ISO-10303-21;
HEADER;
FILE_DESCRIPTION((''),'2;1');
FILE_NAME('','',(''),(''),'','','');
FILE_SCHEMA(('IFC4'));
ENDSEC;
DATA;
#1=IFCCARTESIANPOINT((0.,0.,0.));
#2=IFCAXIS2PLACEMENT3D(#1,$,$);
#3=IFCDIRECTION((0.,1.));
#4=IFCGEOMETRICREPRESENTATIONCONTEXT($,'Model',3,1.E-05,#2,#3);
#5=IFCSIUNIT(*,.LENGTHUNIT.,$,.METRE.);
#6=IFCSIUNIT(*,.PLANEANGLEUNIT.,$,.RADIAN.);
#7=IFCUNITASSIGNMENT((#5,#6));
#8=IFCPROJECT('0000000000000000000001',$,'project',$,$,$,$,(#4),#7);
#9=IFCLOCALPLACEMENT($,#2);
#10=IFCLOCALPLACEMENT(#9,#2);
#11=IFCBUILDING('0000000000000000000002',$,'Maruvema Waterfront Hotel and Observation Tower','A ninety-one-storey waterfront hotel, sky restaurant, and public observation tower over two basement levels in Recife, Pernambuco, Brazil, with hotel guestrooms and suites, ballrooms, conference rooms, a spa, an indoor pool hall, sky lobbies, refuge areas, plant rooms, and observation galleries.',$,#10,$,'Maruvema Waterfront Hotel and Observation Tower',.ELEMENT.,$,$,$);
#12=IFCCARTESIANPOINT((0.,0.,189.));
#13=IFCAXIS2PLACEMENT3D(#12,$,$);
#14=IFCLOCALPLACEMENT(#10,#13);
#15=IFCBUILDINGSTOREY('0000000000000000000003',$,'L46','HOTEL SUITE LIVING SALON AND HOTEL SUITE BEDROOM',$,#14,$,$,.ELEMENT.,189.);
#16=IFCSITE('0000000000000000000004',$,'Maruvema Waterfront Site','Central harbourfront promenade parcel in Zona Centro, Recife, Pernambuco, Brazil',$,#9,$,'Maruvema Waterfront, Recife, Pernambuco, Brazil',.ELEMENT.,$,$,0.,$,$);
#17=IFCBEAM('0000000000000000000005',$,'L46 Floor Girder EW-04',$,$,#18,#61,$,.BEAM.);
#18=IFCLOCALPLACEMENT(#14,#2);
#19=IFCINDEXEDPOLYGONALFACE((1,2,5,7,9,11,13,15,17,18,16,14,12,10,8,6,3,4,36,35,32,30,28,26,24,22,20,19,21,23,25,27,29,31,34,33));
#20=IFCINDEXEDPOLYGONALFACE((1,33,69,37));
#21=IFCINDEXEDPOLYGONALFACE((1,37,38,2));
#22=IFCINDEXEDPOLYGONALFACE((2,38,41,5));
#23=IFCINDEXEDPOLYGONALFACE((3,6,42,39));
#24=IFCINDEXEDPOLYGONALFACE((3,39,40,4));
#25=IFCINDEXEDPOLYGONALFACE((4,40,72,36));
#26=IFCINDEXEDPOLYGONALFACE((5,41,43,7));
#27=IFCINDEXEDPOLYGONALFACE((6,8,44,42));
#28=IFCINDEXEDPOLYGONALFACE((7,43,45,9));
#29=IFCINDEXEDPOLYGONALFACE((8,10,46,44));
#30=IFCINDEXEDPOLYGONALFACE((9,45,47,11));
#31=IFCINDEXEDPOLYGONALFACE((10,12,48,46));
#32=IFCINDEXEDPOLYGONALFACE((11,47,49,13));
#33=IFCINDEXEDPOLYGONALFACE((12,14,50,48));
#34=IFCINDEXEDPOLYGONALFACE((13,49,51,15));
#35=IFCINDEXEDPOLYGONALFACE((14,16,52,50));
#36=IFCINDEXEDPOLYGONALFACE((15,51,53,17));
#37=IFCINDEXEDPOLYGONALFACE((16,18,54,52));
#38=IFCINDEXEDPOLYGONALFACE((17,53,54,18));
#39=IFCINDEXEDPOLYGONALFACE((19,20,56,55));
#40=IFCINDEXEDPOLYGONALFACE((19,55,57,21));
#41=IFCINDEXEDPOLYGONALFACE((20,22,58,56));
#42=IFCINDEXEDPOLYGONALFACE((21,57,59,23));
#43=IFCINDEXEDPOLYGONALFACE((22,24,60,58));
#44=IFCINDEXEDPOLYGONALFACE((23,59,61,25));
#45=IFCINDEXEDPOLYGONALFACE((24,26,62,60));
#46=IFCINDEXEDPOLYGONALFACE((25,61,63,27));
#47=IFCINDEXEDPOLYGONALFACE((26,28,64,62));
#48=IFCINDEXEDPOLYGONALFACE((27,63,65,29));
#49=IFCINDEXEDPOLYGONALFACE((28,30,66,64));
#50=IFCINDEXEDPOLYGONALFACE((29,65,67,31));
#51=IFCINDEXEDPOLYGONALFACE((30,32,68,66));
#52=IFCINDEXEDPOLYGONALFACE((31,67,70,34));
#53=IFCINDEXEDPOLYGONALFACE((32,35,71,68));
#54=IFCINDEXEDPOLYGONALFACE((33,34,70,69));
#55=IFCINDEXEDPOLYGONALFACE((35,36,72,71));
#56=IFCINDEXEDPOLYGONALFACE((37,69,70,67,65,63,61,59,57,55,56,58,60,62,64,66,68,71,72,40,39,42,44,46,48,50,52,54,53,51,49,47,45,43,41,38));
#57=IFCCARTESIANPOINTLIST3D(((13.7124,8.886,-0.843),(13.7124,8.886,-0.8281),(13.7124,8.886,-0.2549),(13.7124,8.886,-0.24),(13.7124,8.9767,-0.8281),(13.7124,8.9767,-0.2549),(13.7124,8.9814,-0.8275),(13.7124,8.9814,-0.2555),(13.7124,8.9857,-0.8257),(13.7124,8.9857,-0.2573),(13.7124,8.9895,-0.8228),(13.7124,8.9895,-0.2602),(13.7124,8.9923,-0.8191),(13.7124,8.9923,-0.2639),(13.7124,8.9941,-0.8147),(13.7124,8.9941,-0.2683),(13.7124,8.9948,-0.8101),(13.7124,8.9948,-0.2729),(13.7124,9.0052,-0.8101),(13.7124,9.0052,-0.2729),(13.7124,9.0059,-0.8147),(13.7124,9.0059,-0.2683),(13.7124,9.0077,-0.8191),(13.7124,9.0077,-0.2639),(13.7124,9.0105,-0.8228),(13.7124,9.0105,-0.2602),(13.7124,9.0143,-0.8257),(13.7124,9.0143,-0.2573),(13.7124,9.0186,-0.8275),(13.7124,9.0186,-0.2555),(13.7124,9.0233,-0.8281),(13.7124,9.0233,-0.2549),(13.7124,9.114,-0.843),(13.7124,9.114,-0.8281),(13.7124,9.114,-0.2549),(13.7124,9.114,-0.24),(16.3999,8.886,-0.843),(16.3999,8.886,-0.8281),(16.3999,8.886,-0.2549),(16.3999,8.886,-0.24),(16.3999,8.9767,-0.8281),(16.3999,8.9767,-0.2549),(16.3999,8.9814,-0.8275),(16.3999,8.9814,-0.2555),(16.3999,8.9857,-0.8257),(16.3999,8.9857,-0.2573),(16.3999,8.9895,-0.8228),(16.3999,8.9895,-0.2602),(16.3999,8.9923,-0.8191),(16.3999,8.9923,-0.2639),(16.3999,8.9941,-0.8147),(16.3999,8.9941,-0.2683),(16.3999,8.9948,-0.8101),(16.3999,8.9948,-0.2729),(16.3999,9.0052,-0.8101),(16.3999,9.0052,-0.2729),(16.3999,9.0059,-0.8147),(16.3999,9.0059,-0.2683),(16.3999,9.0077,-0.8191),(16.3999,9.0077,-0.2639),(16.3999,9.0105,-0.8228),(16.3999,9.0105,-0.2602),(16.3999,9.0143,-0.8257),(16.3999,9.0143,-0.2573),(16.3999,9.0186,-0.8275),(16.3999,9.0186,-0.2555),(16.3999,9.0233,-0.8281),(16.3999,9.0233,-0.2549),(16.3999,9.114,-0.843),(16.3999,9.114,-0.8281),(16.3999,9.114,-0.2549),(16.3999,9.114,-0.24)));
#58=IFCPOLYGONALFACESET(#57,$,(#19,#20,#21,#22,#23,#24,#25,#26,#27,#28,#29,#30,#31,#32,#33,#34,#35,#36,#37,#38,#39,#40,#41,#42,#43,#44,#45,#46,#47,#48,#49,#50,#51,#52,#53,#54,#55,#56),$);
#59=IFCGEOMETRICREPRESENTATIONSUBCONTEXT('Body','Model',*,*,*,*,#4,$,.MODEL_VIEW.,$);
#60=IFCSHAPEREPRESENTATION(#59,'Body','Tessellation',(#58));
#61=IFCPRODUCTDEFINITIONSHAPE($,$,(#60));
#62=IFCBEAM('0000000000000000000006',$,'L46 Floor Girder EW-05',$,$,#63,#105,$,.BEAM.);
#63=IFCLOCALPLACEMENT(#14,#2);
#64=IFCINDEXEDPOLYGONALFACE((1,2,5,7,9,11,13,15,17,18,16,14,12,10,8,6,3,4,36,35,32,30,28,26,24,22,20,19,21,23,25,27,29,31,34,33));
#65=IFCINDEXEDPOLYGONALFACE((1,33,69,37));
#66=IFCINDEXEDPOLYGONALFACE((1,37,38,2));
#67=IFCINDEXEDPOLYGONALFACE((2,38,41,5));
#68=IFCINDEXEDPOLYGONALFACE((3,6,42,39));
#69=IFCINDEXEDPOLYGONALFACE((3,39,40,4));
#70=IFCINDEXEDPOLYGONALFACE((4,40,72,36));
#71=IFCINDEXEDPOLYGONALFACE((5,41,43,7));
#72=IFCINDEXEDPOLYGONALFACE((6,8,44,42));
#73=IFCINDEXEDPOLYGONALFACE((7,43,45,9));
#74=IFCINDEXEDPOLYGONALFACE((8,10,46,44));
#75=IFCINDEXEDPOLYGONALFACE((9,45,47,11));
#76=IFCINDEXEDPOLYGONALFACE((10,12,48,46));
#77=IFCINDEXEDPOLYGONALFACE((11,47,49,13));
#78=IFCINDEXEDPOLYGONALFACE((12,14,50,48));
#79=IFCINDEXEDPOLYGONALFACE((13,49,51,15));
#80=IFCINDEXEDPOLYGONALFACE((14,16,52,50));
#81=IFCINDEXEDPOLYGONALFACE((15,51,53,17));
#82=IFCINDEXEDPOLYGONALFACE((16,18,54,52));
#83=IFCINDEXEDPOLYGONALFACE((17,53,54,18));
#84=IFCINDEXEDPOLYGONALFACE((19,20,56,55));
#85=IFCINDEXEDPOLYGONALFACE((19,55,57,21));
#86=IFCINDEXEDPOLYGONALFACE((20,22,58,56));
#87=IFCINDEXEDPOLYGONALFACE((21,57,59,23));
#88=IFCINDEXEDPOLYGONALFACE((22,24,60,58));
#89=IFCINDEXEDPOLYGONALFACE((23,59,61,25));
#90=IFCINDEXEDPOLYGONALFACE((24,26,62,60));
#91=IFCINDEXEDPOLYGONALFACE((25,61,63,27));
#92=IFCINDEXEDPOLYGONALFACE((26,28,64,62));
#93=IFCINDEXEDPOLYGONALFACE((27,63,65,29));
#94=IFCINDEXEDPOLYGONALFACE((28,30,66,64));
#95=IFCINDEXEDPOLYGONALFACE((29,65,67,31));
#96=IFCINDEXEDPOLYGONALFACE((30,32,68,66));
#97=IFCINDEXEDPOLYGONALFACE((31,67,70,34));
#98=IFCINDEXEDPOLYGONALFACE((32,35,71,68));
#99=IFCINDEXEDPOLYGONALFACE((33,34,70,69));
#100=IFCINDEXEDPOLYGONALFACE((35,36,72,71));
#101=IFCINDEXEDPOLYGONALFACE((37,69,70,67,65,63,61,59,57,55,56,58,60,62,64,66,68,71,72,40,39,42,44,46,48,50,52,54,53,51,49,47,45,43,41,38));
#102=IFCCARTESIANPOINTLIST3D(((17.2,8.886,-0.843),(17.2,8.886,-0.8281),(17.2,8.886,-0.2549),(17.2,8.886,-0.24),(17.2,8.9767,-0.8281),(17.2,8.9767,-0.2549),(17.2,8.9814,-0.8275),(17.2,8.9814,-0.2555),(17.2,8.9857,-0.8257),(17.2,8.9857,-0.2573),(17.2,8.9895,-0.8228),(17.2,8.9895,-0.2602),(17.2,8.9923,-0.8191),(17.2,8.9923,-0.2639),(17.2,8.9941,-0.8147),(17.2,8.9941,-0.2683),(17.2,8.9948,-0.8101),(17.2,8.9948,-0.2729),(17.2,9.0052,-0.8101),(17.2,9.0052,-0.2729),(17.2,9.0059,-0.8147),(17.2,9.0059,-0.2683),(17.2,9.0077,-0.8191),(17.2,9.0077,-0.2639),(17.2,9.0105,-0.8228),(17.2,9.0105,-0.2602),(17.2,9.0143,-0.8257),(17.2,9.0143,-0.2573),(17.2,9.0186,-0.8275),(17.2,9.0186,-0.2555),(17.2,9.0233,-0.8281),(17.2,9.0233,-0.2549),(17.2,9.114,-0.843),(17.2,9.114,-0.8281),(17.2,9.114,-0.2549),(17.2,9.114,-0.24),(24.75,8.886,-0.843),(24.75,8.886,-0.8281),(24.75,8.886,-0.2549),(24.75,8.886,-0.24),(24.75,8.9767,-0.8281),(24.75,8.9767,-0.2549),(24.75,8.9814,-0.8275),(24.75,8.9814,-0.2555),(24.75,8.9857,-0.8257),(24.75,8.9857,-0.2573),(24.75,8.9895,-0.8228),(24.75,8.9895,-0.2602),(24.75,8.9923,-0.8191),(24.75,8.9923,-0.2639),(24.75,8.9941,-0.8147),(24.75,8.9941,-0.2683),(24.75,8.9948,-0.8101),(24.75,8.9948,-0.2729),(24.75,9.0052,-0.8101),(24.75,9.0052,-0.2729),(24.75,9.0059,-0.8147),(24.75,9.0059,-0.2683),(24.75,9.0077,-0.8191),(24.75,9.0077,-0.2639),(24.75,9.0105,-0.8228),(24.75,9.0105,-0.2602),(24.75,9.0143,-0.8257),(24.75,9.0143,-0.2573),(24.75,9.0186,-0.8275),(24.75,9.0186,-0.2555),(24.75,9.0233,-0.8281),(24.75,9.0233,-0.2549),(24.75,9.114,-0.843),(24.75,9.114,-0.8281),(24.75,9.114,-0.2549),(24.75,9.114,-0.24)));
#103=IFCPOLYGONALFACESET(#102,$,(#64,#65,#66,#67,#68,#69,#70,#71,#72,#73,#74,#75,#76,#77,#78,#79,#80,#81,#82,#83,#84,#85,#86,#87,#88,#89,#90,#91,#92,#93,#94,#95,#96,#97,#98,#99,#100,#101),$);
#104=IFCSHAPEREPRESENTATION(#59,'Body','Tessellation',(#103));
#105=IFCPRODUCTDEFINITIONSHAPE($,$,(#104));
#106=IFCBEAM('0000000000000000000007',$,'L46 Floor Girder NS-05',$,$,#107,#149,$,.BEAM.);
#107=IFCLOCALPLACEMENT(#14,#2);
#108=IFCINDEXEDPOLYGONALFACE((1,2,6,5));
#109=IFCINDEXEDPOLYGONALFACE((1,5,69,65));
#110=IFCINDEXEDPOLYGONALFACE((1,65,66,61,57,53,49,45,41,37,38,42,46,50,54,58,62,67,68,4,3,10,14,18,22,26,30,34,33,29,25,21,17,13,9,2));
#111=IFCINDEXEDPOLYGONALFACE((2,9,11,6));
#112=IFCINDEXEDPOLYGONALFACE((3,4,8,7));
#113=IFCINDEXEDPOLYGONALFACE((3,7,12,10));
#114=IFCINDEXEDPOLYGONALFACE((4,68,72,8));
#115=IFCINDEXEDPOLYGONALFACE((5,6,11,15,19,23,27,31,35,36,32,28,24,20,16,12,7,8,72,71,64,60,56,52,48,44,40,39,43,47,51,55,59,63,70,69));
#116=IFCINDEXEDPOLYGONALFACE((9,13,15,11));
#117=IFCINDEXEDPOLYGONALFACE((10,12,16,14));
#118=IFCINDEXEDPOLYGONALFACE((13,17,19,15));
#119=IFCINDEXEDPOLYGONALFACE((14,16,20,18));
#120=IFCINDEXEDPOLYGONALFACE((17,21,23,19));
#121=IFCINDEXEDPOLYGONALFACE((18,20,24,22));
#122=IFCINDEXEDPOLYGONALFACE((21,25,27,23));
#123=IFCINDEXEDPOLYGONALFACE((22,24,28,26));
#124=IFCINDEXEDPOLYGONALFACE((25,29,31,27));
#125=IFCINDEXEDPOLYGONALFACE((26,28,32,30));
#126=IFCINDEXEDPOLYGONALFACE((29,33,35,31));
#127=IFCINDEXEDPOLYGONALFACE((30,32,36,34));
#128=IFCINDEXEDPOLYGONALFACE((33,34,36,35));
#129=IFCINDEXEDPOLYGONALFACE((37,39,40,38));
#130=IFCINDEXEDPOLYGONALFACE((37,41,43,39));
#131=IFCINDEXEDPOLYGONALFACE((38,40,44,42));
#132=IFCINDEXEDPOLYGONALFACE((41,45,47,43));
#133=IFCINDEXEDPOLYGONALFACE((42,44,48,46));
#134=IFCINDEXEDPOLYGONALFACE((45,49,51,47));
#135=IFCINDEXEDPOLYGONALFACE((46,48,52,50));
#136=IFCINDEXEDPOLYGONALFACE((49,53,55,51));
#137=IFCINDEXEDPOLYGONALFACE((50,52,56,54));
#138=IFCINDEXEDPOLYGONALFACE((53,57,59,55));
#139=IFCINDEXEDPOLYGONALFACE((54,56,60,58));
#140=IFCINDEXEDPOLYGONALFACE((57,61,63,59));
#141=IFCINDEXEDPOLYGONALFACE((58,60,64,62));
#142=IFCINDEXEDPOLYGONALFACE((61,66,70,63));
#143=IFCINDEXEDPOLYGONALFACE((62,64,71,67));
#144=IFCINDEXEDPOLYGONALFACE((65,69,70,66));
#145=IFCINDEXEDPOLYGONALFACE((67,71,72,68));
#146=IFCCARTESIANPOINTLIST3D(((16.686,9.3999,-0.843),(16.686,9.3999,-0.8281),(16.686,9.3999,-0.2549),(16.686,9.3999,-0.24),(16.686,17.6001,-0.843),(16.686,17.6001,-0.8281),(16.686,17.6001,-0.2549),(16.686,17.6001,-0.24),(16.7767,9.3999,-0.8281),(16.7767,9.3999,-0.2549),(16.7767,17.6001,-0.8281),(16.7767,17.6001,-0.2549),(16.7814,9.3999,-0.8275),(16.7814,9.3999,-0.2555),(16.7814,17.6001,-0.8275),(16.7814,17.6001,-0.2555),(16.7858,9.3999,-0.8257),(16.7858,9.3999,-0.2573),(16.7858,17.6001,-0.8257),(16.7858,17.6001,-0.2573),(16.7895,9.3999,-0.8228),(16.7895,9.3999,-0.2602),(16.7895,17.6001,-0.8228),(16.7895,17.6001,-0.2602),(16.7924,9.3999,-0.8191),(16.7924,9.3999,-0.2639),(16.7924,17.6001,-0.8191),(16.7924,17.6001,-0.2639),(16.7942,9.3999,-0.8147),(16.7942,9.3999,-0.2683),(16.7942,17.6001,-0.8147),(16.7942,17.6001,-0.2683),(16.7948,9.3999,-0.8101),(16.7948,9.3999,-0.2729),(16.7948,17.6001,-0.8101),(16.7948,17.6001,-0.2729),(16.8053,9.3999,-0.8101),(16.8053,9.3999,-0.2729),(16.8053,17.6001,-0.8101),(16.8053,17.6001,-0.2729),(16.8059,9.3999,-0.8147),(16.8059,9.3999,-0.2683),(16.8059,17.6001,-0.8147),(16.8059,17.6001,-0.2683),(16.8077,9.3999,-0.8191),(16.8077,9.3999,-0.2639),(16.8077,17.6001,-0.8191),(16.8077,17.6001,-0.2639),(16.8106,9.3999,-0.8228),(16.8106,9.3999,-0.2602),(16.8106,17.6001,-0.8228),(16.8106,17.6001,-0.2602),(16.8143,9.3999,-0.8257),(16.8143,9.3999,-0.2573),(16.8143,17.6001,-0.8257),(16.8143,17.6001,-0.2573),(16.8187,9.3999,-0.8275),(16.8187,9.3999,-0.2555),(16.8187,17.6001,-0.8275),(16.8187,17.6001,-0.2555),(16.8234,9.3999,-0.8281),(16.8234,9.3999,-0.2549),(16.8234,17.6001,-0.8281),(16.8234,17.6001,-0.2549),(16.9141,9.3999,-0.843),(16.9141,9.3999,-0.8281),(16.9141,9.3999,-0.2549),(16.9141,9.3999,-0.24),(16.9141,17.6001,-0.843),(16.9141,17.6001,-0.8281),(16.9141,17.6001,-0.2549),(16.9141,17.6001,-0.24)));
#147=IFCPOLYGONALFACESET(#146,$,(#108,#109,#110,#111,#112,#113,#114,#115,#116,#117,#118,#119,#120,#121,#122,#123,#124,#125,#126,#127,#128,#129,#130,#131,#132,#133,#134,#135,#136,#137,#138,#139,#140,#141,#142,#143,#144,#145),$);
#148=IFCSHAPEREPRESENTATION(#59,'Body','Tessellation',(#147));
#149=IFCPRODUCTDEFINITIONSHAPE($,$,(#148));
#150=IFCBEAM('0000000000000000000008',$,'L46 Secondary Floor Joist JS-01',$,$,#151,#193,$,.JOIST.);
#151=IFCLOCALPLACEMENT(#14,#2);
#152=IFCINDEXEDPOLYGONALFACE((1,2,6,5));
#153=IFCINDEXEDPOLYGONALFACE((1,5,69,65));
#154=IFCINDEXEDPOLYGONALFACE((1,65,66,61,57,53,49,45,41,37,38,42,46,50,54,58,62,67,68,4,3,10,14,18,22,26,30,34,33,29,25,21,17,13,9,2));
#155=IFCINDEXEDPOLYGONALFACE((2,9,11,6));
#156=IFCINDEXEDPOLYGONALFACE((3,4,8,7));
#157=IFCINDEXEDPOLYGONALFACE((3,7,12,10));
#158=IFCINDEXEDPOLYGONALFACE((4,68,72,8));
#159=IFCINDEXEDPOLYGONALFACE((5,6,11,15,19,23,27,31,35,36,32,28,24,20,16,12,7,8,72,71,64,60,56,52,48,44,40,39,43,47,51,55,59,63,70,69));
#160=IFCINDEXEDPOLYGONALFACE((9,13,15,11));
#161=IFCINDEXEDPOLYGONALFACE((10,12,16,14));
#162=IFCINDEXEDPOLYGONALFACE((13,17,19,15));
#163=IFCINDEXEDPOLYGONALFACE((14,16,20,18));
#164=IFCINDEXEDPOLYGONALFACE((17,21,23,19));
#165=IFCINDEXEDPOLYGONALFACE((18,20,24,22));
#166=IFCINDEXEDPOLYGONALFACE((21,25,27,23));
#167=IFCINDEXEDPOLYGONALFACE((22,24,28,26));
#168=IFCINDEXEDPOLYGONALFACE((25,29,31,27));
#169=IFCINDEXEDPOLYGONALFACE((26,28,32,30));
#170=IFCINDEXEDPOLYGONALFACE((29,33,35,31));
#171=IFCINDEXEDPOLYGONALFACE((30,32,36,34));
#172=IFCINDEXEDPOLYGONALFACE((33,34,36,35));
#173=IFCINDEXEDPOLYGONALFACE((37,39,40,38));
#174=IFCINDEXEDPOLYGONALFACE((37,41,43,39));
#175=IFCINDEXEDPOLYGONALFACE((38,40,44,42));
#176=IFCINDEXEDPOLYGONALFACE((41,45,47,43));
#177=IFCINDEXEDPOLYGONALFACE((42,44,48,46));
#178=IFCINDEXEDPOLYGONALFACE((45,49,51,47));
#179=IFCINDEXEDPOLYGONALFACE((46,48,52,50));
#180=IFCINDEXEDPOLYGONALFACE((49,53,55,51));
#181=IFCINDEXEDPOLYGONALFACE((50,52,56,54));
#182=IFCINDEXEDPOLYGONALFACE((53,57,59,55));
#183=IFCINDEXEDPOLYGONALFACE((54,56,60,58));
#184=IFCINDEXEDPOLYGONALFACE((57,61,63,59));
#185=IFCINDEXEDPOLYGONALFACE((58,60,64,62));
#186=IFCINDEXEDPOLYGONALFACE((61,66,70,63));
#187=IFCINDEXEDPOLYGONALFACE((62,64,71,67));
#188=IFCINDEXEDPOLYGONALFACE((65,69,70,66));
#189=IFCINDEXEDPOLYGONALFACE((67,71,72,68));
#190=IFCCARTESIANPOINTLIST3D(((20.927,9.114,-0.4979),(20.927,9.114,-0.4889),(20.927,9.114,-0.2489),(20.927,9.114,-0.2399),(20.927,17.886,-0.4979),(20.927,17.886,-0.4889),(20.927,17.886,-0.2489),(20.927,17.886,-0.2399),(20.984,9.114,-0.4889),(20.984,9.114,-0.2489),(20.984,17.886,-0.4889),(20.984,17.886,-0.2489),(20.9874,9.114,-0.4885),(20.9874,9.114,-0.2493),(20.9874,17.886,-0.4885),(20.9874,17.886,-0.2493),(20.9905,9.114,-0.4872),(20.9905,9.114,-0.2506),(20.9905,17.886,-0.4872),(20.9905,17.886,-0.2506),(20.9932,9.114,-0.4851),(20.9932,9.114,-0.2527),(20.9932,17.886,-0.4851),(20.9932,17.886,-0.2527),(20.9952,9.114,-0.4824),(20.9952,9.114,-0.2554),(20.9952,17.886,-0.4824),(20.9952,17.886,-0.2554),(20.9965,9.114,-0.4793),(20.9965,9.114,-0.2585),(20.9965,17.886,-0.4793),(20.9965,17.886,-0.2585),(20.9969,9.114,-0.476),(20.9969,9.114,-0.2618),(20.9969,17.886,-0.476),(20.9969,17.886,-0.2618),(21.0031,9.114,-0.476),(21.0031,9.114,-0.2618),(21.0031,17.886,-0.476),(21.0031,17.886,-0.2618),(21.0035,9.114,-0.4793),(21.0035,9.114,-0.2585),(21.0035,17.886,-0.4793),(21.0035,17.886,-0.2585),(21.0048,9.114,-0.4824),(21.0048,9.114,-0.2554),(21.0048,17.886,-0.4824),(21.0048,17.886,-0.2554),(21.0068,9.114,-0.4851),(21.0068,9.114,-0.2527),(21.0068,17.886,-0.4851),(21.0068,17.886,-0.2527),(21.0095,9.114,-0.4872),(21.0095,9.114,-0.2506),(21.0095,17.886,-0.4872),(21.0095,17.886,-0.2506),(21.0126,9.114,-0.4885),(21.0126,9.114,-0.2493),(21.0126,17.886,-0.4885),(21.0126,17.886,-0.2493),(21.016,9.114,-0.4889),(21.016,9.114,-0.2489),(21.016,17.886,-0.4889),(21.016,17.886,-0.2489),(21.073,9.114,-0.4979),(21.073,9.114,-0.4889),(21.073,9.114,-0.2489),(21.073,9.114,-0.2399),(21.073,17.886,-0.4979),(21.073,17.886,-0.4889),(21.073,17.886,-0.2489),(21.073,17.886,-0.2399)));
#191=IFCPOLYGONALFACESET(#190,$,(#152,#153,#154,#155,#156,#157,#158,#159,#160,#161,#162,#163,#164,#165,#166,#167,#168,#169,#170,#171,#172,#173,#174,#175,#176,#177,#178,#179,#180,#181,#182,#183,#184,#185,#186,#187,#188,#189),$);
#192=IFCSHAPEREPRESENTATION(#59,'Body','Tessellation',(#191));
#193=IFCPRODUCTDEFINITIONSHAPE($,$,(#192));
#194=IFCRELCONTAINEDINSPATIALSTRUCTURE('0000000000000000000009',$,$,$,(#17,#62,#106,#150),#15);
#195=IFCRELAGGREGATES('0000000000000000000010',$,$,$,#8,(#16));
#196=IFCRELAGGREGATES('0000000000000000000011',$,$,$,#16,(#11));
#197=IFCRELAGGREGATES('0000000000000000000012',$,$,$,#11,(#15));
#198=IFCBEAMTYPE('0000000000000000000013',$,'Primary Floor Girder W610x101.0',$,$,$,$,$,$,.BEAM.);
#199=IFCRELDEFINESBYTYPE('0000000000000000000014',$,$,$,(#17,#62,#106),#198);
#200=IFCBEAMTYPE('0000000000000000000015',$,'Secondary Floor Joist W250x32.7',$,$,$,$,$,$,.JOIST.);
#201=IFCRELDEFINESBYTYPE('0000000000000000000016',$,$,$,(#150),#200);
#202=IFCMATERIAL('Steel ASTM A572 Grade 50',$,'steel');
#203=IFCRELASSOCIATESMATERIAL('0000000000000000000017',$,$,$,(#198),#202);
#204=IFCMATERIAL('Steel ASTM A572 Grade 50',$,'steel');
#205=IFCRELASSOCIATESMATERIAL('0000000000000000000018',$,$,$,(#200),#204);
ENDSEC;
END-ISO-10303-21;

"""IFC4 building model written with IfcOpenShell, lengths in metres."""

from ifc_helpers import new_model, si_unit, direction, frame, origin, origin_2d, place, context, subcontext, project, spatial, i_section, extrude, material, material_profile, profile_set, type_object, element, save


model = new_model("IFC4")

# Units and contexts
model_context = context("Model", 3, precision=1e-05, world=origin(), true_north=direction((0.0, 1.0)))
body_context = subcontext(model_context, "Body", "Model", "MODEL_VIEW")
ifc_project = project(units=[si_unit("LENGTHUNIT", "METRE"), si_unit("PLANEANGLEUNIT", "RADIAN")], contexts=[model_context])

# Site, building, storey
site_placement = place(None, origin())
site = spatial("IfcSite", under=ifc_project, at=site_placement, Name="Maruvema Waterfront Site", Description="Central harbourfront promenade parcel in Zona Centro, Recife, Pernambuco, Brazil", LongName="Maruvema Waterfront, Recife, Pernambuco, Brazil", CompositionType="ELEMENT", RefElevation=0.0)
building_placement = place(site_placement, origin())
building = spatial("IfcBuilding", under=site, at=building_placement, Name="Maruvema Waterfront Hotel and Observation Tower", Description="A ninety-one-storey waterfront hotel, sky restaurant, and public observation tower over two basement levels in Recife, Pernambuco, Brazil, with hotel guestrooms and suites, ballrooms, conference rooms, a spa, an indoor pool hall, sky lobbies, refuge areas, plant rooms, and observation galleries.", LongName="Maruvema Waterfront Hotel and Observation Tower", CompositionType="ELEMENT")
storey_placement = place(building_placement, frame((0.0, 0.0, 189.0)))
storey = spatial("IfcBuildingStorey", under=building, at=storey_placement, Name="L46", Description="HOTEL SUITE LIVING SALON AND HOTEL SUITE BEDROOM", CompositionType="ELEMENT", Elevation=189.0)

# Beams
ifc_material_1 = material(Name="Steel ASTM A572 Grade 50", Category="steel")
ifc_material_profile_1 = material_profile(ifc_material_1, i_section(OverallWidth=0.228, OverallDepth=0.603, WebThickness=0.0105, FlangeThickness=0.0149, FilletRadius=0.0181, at=origin_2d()), Name="W610x101.0")
ifc_profile_set_1 = profile_set([ifc_material_profile_1], Name="Steel ASTM A572 Grade 50")
beam_type_1 = type_object("IfcBeamType", Name="Primary Floor Girder W610x101.0", PredefinedType="BEAM", material=ifc_profile_set_1)
beam_1_placement = place(storey_placement, frame((13.7124, 9.0, -0.5415), z_axis=(1.0, 0.0, 0.0), x_axis=(0.0, 1.0, 0.0)))
element("IfcBeam", 1, at=beam_1_placement, inside=storey, type_object=beam_type_1, Name="L46 Floor Girder EW-04", PredefinedType="BEAM", context=body_context, shape_type="SweptSolid", body=[
    extrude(i_section(OverallWidth=0.228, OverallDepth=0.603, WebThickness=0.0105, FlangeThickness=0.0149, FilletRadius=0.0181, at=origin_2d()), origin(), (0.0, 0.0, 1.0), 2.6875),
])
beam_2_placement = place(storey_placement, frame((17.2, 9.0, -0.5415), z_axis=(1.0, 0.0, 0.0), x_axis=(0.0, 1.0, 0.0)))
element("IfcBeam", 2, at=beam_2_placement, inside=storey, type_object=beam_type_1, Name="L46 Floor Girder EW-05", PredefinedType="BEAM", context=body_context, shape_type="SweptSolid", body=[
    extrude(i_section(OverallWidth=0.228, OverallDepth=0.603, WebThickness=0.0105, FlangeThickness=0.0149, FilletRadius=0.0181, at=origin_2d()), origin(), (0.0, 0.0, 1.0), 7.55),
])
beam_3_placement = place(storey_placement, frame((16.8, 9.3999, -0.5415), z_axis=(0.0, 1.0, 0.0), x_axis=(-1.0, 0.0, 0.0)))
element("IfcBeam", 3, at=beam_3_placement, inside=storey, type_object=beam_type_1, Name="L46 Floor Girder NS-05", PredefinedType="BEAM", context=body_context, shape_type="SweptSolid", body=[
    extrude(i_section(OverallWidth=0.228, OverallDepth=0.603, WebThickness=0.0105, FlangeThickness=0.0149, FilletRadius=0.0181, at=origin_2d()), origin(), (0.0, 0.0, 1.0), 8.2002),
])
ifc_material_2 = material(Name="Steel ASTM A572 Grade 50", Category="steel")
ifc_material_profile_2 = material_profile(ifc_material_2, i_section(OverallWidth=0.146, OverallDepth=0.2581, WebThickness=0.0061, FlangeThickness=0.009, FilletRadius=0.0129, at=origin_2d()), Name="W250x32.7")
ifc_profile_set_2 = profile_set([ifc_material_profile_2], Name="Steel ASTM A572 Grade 50")
beam_type_2 = type_object("IfcBeamType", Name="Secondary Floor Joist W250x32.7", PredefinedType="JOIST", material=ifc_profile_set_2)
beam_4_placement = place(storey_placement, frame((21.0, 9.114, -0.3689), z_axis=(0.0, 1.0, 0.0), x_axis=(-1.0, 0.0, 0.0)))
element("IfcBeam", 4, at=beam_4_placement, inside=storey, type_object=beam_type_2, Name="L46 Secondary Floor Joist JS-01", PredefinedType="JOIST", context=body_context, shape_type="SweptSolid", body=[
    extrude(i_section(OverallWidth=0.146, OverallDepth=0.2581, WebThickness=0.0061, FlangeThickness=0.009, FilletRadius=0.0129, at=origin_2d()), origin(), (0.0, 0.0, 1.0), 8.772),
])

save(model, "model.ifc")
